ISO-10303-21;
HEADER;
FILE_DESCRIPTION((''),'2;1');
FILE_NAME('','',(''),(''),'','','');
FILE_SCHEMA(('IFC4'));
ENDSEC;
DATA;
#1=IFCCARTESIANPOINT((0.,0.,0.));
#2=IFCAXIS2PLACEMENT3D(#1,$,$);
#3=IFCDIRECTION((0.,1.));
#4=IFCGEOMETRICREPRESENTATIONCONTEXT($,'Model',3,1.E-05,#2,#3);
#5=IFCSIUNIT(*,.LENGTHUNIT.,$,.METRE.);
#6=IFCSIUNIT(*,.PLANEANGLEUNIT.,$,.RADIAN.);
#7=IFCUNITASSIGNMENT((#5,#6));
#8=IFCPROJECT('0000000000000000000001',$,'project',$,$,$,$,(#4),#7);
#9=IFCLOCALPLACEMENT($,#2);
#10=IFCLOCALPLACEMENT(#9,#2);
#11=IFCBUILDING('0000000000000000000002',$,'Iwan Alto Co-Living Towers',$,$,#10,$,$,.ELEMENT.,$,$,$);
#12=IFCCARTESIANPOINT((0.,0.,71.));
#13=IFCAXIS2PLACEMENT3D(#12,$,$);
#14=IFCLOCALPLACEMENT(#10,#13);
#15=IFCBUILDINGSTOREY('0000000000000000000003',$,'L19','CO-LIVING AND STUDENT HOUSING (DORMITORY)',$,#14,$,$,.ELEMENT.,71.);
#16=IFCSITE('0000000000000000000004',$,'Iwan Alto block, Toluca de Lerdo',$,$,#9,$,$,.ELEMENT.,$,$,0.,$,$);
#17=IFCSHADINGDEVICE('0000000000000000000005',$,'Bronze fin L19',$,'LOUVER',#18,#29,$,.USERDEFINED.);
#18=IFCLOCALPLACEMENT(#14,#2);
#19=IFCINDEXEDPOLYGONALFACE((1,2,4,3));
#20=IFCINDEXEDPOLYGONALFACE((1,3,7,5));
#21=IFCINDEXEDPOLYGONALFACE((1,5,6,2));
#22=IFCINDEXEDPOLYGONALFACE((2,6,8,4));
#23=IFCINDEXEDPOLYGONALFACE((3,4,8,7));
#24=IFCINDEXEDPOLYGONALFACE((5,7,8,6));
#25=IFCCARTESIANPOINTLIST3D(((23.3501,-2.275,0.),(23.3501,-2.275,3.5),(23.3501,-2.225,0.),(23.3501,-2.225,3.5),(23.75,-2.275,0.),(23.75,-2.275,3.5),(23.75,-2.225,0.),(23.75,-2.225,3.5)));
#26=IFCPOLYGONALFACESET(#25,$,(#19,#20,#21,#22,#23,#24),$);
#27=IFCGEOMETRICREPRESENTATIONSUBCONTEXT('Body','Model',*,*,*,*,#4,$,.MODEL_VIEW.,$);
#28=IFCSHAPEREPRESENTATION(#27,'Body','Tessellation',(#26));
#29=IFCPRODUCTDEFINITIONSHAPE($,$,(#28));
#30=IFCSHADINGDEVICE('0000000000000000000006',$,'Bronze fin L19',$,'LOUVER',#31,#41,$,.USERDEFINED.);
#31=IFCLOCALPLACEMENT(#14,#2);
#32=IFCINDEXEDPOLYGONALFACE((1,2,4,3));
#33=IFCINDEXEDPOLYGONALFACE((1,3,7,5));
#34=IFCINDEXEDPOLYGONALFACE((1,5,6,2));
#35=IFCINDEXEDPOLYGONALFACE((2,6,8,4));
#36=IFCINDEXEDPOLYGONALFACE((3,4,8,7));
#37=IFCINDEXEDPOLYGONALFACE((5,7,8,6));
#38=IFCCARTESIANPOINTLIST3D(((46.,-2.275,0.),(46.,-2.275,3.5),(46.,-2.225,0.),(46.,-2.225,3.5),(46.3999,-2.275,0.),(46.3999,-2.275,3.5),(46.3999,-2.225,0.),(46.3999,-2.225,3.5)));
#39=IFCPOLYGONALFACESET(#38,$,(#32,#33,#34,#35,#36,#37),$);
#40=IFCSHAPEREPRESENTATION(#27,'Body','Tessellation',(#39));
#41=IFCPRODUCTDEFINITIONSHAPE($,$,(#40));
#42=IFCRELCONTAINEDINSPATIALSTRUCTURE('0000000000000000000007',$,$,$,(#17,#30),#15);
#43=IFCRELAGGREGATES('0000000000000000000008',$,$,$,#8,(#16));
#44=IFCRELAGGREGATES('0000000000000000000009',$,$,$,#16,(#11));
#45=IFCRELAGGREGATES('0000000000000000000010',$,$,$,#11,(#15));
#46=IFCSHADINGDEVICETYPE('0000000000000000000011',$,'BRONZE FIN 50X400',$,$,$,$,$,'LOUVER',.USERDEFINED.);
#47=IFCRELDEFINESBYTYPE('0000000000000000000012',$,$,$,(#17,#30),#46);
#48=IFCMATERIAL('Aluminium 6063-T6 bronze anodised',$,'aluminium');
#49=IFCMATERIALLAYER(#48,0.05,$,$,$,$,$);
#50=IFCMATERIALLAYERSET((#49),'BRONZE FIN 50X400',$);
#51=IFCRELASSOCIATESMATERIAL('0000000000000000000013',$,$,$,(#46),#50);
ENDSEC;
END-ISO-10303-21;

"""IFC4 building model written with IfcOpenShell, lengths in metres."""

from ifc_helpers import new_model, si_unit, direction, frame, origin, origin_2d, place, context, subcontext, project, spatial, rectangle, extrude, material, layer, layer_set, type_object, element, save


model = new_model("IFC4")

# Units and contexts
model_context = context("Model", 3, precision=1e-05, world=origin(), true_north=direction((0.0, 1.0)))
body_context = subcontext(model_context, "Body", "Model", "MODEL_VIEW")
ifc_project = project(units=[si_unit("LENGTHUNIT", "METRE"), si_unit("PLANEANGLEUNIT", "RADIAN")], contexts=[model_context])

# Site, building, storey
site_placement = place(None, origin())
site = spatial("IfcSite", under=ifc_project, at=site_placement, Name="Iwan Alto block, Toluca de Lerdo", CompositionType="ELEMENT", RefElevation=0.0)
building_placement = place(site_placement, origin())
building = spatial("IfcBuilding", under=site, at=building_placement, Name="Iwan Alto Co-Living Towers", CompositionType="ELEMENT")
storey_placement = place(building_placement, frame((0.0, 0.0, 71.0)))
storey = spatial("IfcBuildingStorey", under=building, at=storey_placement, Name="L19", Description="CO-LIVING AND STUDENT HOUSING (DORMITORY)", CompositionType="ELEMENT", Elevation=71.0)

# Shading devices
ifc_material_1 = material(Name="Aluminium 6063-T6 bronze anodised", Category="aluminium")
ifc_layer_1 = layer(ifc_material_1, 0.05)
ifc_layer_set_1 = layer_set([ifc_layer_1], Name="BRONZE FIN 50X400")
shading_device_type = type_object("IfcShadingDeviceType", Name="BRONZE FIN 50X400", ElementType="LOUVER", PredefinedType="USERDEFINED", material=ifc_layer_set_1)
for number, where, z_axis, x_axis, name in (
    (1, (23.55, -2.25, 0.0), (0.0, 0.0, 1.0), (0.0, 1.0, 0.0), "Bronze fin L19"),
    (2, (46.2, -2.25, 0.0), (0.0, 0.0, 1.0), (0.0, -1.0, 0.0), "Bronze fin L19"),
):
    element("IfcShadingDevice", number, at=place(storey_placement, frame(where, z_axis=z_axis, x_axis=x_axis)), inside=storey, type_object=shading_device_type, Name=name, ObjectType="LOUVER", PredefinedType="USERDEFINED", context=body_context, shape_type="SweptSolid", body=[
        extrude(rectangle(XDim=0.05, YDim=0.3999, at=origin_2d()), origin(), (0.0, 0.0, 1.0), 3.5),
    ])

save(model, "model.ifc")
